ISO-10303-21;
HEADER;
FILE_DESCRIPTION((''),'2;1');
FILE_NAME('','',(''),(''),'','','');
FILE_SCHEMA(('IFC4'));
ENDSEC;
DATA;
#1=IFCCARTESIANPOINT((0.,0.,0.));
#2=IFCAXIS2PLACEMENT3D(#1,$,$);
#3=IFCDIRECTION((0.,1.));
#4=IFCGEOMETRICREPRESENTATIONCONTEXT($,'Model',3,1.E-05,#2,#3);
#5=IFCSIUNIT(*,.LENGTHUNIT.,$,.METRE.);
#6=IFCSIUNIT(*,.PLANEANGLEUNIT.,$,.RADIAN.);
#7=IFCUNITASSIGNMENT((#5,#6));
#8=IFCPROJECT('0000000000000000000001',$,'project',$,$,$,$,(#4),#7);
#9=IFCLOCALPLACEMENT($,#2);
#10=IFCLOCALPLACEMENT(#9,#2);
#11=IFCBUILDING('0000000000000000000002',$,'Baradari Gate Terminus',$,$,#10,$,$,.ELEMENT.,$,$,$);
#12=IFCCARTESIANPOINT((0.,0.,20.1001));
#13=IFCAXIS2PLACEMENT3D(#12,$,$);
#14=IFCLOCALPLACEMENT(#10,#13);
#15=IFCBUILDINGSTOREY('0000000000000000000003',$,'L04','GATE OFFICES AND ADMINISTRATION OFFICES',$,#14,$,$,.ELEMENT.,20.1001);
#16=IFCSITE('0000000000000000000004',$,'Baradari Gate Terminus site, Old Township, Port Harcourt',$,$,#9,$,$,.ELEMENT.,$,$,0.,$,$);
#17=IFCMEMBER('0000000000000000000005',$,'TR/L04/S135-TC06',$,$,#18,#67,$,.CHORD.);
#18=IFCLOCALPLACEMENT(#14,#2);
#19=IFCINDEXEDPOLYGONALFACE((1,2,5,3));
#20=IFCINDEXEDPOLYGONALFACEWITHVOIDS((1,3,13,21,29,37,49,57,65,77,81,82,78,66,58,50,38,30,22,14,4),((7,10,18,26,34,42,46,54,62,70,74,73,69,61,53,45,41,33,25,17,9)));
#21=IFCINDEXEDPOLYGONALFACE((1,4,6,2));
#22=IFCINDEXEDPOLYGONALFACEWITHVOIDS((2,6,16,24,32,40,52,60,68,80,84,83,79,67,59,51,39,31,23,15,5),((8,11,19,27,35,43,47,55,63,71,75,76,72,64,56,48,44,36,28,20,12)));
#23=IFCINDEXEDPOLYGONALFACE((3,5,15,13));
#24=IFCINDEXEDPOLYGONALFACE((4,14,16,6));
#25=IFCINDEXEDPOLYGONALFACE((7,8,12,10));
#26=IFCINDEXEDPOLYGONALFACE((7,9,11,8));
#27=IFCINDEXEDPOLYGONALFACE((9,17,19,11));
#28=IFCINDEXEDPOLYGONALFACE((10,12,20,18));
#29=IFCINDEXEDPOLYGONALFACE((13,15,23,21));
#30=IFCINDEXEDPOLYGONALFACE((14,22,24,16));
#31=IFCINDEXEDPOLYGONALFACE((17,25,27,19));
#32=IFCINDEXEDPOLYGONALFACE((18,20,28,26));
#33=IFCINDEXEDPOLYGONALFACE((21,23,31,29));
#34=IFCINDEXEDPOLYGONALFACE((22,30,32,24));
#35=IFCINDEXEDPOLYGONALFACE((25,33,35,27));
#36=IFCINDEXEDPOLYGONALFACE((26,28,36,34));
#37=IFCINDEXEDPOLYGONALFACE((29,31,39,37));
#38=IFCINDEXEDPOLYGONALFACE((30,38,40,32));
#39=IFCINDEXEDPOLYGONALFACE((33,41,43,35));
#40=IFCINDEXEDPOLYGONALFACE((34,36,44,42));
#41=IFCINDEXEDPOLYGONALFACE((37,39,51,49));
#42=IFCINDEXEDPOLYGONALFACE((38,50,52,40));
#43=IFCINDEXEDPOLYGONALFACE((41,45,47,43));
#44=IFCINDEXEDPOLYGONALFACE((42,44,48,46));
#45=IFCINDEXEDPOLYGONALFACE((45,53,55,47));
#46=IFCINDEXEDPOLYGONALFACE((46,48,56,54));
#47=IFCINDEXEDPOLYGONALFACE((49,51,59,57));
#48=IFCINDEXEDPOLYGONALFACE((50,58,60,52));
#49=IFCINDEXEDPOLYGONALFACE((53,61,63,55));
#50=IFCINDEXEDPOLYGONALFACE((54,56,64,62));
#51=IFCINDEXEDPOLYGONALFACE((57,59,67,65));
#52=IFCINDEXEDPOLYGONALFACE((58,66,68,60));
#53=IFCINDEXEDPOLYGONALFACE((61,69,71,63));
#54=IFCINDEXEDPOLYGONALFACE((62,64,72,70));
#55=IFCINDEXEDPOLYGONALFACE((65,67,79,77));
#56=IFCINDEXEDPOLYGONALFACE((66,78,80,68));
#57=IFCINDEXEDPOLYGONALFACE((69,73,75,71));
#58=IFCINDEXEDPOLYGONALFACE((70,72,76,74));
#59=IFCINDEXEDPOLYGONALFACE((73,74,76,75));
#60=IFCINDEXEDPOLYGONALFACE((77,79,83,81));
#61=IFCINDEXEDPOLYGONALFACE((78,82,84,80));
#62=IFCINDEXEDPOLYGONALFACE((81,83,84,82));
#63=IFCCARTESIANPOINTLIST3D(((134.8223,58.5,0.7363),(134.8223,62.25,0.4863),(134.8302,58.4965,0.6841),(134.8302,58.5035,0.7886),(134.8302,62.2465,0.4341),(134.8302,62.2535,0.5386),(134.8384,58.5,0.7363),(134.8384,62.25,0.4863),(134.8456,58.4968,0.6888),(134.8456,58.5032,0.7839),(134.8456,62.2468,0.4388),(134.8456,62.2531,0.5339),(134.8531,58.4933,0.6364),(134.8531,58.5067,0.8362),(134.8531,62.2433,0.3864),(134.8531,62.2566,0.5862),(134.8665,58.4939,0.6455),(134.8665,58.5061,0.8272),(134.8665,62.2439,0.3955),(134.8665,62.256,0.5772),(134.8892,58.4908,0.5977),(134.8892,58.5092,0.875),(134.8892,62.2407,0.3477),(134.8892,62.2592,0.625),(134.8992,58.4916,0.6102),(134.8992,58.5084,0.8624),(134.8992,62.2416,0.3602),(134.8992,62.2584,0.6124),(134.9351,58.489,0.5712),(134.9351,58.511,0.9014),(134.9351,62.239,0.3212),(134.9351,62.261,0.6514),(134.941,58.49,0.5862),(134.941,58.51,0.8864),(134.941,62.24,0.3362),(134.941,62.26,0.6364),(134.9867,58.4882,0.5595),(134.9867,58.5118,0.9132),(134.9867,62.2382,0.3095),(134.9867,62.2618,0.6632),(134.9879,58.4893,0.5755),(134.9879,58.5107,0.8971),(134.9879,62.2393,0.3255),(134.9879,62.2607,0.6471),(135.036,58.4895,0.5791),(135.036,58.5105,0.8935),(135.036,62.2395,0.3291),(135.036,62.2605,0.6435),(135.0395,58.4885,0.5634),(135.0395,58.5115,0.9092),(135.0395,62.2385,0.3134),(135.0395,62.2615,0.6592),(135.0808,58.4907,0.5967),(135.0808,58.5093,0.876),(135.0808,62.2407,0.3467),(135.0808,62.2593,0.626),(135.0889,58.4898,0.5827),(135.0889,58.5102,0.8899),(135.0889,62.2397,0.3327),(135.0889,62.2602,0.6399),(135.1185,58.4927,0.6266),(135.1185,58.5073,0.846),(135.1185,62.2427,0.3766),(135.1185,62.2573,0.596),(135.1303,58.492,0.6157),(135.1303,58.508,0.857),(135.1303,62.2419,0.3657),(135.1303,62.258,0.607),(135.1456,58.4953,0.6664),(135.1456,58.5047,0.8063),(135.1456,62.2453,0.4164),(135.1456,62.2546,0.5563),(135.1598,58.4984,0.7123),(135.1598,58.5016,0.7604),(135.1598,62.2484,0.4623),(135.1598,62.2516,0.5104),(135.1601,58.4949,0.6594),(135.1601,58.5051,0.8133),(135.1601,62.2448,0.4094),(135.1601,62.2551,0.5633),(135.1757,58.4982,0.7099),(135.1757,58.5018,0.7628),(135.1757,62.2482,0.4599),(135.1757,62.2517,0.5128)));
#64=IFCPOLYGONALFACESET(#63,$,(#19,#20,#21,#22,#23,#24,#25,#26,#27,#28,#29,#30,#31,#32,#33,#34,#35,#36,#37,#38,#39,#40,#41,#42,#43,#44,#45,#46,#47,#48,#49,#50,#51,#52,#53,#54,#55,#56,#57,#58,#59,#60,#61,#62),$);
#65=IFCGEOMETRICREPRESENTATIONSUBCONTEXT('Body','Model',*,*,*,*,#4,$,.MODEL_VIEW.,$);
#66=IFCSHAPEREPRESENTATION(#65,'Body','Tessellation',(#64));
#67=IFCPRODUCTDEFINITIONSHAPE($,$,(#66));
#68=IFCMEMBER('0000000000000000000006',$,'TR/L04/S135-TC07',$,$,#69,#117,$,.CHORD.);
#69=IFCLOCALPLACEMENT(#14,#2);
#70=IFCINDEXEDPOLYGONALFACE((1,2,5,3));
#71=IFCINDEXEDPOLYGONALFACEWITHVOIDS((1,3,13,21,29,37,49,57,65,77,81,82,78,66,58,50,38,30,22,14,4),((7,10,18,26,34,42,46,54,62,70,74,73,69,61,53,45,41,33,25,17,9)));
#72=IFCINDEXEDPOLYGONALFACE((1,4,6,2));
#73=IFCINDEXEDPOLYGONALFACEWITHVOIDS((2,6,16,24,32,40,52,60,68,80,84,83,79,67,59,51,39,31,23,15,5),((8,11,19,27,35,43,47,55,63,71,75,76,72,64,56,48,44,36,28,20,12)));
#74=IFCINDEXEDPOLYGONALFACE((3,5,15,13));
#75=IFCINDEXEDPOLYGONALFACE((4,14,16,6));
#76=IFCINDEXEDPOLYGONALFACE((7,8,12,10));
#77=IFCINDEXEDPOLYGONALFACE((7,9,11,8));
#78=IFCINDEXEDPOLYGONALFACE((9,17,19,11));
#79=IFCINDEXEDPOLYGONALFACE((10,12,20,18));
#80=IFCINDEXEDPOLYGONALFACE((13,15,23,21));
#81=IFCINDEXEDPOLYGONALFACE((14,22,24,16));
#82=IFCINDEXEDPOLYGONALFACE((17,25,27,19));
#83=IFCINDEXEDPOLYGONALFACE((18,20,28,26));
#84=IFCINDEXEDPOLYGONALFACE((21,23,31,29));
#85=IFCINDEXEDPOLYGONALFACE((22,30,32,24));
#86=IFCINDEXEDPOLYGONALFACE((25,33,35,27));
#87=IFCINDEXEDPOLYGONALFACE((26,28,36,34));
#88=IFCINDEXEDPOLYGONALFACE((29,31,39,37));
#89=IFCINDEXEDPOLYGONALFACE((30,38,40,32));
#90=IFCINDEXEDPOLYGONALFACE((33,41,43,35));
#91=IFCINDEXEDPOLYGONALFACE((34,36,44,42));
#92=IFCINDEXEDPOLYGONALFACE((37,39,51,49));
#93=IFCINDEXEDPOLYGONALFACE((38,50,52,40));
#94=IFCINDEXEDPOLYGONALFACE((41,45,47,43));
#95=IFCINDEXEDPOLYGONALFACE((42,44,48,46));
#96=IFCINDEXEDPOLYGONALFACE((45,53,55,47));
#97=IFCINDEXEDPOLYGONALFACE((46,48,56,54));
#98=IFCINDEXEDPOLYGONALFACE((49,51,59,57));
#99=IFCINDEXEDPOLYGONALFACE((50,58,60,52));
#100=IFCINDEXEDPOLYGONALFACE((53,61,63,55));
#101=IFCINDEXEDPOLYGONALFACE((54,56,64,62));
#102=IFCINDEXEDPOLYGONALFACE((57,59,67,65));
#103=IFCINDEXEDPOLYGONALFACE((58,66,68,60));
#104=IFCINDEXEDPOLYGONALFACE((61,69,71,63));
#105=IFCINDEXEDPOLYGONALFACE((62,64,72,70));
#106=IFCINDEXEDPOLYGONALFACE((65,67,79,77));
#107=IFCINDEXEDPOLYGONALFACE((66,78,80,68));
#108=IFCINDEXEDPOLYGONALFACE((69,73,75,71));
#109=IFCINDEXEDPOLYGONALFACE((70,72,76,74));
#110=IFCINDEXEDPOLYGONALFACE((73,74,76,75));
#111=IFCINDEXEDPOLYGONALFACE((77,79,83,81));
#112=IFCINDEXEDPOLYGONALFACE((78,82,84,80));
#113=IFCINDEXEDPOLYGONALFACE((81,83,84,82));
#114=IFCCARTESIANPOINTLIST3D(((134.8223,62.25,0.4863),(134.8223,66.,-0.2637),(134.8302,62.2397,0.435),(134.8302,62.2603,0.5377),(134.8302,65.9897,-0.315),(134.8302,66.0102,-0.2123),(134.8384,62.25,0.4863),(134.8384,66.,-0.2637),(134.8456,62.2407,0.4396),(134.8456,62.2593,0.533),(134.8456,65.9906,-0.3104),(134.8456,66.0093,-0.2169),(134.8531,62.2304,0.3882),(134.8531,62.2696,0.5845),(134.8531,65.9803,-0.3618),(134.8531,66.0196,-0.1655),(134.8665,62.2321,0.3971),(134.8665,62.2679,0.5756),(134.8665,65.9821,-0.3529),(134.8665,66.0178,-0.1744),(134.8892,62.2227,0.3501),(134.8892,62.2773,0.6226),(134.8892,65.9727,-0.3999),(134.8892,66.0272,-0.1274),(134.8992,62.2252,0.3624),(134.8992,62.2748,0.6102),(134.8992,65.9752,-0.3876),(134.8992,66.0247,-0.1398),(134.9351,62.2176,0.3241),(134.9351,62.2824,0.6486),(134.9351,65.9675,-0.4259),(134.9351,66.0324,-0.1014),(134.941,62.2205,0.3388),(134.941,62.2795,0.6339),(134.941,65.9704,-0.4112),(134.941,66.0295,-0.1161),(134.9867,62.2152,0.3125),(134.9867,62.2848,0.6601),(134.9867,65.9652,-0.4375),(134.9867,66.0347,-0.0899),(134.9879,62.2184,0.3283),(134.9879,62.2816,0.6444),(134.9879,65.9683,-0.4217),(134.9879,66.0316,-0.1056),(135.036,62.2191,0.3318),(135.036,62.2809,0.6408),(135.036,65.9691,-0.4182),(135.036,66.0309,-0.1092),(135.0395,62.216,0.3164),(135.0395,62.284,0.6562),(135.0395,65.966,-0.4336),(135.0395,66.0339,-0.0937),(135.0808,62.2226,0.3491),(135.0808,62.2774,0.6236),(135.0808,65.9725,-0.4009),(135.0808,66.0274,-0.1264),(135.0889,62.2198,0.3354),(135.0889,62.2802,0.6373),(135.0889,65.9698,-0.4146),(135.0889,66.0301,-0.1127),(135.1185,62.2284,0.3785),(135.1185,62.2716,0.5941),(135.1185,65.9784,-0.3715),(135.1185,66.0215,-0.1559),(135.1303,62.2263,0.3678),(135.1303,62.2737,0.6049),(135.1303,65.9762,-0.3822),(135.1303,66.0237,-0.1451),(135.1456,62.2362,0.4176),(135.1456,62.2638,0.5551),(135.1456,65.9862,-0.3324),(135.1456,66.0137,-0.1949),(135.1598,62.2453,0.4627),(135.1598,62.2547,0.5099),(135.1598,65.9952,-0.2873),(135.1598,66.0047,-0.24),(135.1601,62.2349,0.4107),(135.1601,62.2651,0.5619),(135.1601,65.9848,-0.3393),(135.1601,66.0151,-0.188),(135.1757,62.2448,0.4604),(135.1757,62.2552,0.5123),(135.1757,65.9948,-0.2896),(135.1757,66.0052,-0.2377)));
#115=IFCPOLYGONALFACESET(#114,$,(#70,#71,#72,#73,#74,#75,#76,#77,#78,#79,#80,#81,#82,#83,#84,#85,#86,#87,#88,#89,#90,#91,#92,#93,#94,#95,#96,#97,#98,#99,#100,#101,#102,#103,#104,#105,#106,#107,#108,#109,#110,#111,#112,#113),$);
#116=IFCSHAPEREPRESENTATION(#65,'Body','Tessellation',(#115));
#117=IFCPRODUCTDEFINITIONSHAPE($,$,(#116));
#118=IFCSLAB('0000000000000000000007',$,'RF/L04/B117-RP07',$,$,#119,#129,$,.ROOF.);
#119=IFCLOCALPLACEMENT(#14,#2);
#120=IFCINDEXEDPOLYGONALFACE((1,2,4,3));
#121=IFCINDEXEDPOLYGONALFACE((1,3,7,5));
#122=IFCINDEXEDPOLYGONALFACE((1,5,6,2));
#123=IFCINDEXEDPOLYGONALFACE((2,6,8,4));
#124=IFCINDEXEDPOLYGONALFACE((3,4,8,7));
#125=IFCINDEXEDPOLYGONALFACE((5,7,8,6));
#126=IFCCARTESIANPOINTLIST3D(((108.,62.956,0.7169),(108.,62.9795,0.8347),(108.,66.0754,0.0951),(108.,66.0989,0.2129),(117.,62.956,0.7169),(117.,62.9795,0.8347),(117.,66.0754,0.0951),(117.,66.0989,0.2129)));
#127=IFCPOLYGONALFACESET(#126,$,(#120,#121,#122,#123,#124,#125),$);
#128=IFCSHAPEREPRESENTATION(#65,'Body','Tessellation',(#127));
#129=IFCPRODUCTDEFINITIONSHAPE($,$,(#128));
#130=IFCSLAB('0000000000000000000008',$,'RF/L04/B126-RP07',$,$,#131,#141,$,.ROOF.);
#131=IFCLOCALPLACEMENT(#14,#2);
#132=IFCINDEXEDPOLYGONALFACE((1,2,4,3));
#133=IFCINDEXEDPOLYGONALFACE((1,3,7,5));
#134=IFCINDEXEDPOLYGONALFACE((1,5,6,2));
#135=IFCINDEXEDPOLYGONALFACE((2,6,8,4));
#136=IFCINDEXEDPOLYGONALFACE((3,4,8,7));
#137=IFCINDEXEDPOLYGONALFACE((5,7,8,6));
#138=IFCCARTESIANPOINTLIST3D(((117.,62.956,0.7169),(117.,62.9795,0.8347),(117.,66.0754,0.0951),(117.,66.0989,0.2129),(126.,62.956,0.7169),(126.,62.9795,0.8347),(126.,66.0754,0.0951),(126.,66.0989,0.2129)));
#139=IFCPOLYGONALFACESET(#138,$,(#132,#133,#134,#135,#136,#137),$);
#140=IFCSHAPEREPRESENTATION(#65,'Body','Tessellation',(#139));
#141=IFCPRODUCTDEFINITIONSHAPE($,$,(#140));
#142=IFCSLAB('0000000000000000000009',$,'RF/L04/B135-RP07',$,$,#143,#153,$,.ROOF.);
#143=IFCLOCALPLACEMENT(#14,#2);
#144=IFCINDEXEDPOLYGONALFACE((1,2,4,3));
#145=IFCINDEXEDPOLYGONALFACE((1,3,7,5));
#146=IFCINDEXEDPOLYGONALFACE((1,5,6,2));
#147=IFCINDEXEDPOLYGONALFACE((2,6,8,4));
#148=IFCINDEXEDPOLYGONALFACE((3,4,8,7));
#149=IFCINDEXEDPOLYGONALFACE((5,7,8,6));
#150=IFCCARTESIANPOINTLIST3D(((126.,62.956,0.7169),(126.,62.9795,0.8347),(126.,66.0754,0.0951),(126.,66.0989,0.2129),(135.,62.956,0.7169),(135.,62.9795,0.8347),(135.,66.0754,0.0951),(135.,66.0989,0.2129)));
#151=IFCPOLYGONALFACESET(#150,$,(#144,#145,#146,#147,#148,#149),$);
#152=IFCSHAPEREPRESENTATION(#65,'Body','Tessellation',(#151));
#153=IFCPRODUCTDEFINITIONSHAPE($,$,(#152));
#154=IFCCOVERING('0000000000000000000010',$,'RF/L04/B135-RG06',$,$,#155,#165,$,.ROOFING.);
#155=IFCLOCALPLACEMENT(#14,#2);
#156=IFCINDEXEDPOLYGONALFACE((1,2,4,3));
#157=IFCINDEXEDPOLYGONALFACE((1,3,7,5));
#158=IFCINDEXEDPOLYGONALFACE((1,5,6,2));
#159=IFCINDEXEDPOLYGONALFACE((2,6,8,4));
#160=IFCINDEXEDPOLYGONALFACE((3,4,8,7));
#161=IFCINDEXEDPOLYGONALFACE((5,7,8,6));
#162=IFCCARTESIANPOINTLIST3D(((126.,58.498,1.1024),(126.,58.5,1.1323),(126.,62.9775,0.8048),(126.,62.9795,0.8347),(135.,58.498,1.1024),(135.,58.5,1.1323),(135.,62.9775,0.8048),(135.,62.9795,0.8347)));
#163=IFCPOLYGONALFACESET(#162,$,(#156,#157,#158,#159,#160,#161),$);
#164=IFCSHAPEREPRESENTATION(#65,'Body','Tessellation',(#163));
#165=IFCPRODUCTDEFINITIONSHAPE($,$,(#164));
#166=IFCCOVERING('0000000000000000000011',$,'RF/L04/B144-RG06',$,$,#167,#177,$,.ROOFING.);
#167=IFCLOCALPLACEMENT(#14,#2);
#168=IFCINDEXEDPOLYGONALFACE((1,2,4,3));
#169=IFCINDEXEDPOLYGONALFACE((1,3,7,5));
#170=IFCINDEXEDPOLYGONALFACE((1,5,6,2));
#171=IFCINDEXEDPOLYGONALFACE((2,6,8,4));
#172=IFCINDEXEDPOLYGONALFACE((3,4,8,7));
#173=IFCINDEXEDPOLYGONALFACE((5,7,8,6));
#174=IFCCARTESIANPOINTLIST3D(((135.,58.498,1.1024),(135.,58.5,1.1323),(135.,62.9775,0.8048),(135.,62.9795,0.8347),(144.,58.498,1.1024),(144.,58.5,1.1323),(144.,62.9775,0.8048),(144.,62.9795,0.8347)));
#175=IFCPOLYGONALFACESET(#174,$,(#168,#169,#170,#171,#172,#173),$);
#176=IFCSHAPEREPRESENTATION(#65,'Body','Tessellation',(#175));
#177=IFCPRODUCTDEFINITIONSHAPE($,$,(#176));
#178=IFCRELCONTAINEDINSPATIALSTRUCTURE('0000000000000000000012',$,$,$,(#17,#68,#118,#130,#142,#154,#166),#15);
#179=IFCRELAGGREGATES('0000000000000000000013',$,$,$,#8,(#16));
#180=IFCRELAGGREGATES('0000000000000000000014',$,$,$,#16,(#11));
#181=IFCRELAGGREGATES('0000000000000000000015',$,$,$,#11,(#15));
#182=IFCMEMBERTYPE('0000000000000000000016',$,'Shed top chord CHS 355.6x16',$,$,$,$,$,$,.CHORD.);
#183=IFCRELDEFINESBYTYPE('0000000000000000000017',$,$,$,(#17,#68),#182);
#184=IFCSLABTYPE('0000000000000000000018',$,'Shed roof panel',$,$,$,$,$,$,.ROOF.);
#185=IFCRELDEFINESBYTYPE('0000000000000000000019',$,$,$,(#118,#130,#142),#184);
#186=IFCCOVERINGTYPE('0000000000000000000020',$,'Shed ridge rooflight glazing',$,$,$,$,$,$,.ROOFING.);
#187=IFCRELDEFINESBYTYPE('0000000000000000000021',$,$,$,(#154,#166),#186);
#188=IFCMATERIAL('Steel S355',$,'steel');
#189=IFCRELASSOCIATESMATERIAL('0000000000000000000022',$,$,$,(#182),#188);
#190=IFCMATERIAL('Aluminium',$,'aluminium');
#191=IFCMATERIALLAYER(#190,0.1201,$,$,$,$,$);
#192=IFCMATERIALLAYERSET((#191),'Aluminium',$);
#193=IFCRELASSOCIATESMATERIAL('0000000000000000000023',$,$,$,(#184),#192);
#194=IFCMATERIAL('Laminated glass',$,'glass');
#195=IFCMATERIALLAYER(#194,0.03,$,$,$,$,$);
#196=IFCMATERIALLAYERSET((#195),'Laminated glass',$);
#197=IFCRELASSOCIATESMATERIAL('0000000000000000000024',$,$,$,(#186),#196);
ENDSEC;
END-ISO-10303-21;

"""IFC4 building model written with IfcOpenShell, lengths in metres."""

from ifc_helpers import new_model, si_unit, direction, frame, origin, origin_2d, place, context, subcontext, project, spatial, polyline, hollow_circle, outline, extrude, material, layer, layer_set, material_profile, profile_set, type_object, element, save


model = new_model("IFC4")

# Units and contexts
model_context = context("Model", 3, precision=1e-05, world=origin(), true_north=direction((0.0, 1.0)))
body_context = subcontext(model_context, "Body", "Model", "MODEL_VIEW")
ifc_project = project(units=[si_unit("LENGTHUNIT", "METRE"), si_unit("PLANEANGLEUNIT", "RADIAN")], contexts=[model_context])

# Site, building, storey
site_placement = place(None, origin())
site = spatial("IfcSite", under=ifc_project, at=site_placement, Name="Baradari Gate Terminus site, Old Township, Port Harcourt", CompositionType="ELEMENT", RefElevation=0.0)
building_placement = place(site_placement, origin())
building = spatial("IfcBuilding", under=site, at=building_placement, Name="Baradari Gate Terminus", CompositionType="ELEMENT")
storey_placement = place(building_placement, frame((0.0, 0.0, 20.1001)))
storey = spatial("IfcBuildingStorey", under=building, at=storey_placement, Name="L04", Description="GATE OFFICES AND ADMINISTRATION OFFICES", CompositionType="ELEMENT", Elevation=20.1001)

# Members
ifc_material_1 = material(Name="Steel S355", Category="steel")
ifc_material_profile_1 = material_profile(ifc_material_1, hollow_circle(Radius=0.1777, WallThickness=0.0161, at=origin_2d()), Name="CHS 355.6x16")
ifc_profile_set_1 = profile_set([ifc_material_profile_1], Name="Steel S355")
member_type_1 = type_object("IfcMemberType", Name="Shed top chord CHS 355.6x16", PredefinedType="CHORD", material=ifc_profile_set_1)
member_1_placement = place(storey_placement, frame((135.0, 58.5, 0.7363), z_axis=(0.0, 0.997785, -0.066519), x_axis=(-1.0, 0.0, 0.0)))
element("IfcMember", 1, at=member_1_placement, inside=storey, type_object=member_type_1, Name="TR/L04/S135-TC06", PredefinedType="CHORD", context=body_context, shape_type="SweptSolid", body=[
    extrude(hollow_circle(Radius=0.1777, WallThickness=0.0161, at=origin_2d()), origin(), (0.0, 0.0, 1.0), 3.7583),
])
member_2_placement = place(storey_placement, frame((135.0, 62.25, 0.4863), z_axis=(0.0, 0.980581, -0.196116), x_axis=(-1.0, 0.0, 0.0)))
element("IfcMember", 2, at=member_2_placement, inside=storey, type_object=member_type_1, Name="TR/L04/S135-TC07", PredefinedType="CHORD", context=body_context, shape_type="SweptSolid", body=[
    extrude(hollow_circle(Radius=0.1777, WallThickness=0.0161, at=origin_2d()), origin(), (0.0, 0.0, 1.0), 3.8242),
])

# Slabs
ifc_material_2 = material(Name="Aluminium", Category="aluminium")
ifc_layer_1 = layer(ifc_material_2, 0.1201)
ifc_layer_set_1 = layer_set([ifc_layer_1], Name="Aluminium")
slab_type = type_object("IfcSlabType", Name="Shed roof panel", PredefinedType="ROOF", material=ifc_layer_set_1)
for number, where, z_axis, x_axis, name in (
    (3, (108.0, 62.9795, 0.8347), (0.0, 0.195496, 0.980704), (1.0, 0.0, 0.0), "RF/L04/B117-RP07"),
    (4, (117.0, 62.9795, 0.8347), (0.0, 0.195496, 0.980704), (1.0, 0.0, 0.0), "RF/L04/B126-RP07"),
    (5, (126.0, 62.9795, 0.8347), (0.0, 0.195496, 0.980704), (1.0, 0.0, 0.0), "RF/L04/B135-RP07"),
):
    element("IfcSlab", number, at=place(storey_placement, frame(where, z_axis=z_axis, x_axis=x_axis)), inside=storey, type_object=slab_type, Name=name, PredefinedType="ROOF", context=body_context, shape_type="SweptSolid", body=[
        extrude(outline(polyline([(0.0, 0.0), (9.0, 0.0), (9.0, 3.1808), (0.0, 3.1808), (0.0, 0.0)])), origin(), (0.0, 0.0, -1.0), 0.1201),
    ])

# Coverings
ifc_material_3 = material(Name="Laminated glass", Category="glass")
ifc_layer_2 = layer(ifc_material_3, 0.03)
ifc_layer_set_2 = layer_set([ifc_layer_2], Name="Laminated glass")
covering_type = type_object("IfcCoveringType", Name="Shed ridge rooflight glazing", PredefinedType="ROOFING", material=ifc_layer_set_2)
for number, where, z_axis, x_axis, name in (
    (6, (126.0, 58.5, 1.1323), (0.0, 0.066292, 0.9978), (1.0, 0.0, 0.0), "RF/L04/B135-RG06"),
    (7, (135.0, 58.5, 1.1323), (0.0, 0.066292, 0.9978), (1.0, 0.0, 0.0), "RF/L04/B144-RG06"),
):
    element("IfcCovering", number, at=place(storey_placement, frame(where, z_axis=z_axis, x_axis=x_axis)), inside=storey, type_object=covering_type, Name=name, PredefinedType="ROOFING", context=body_context, shape_type="SweptSolid", body=[
        extrude(outline(polyline([(0.0, 0.0), (9.0, 0.0), (9.0, 4.4894), (0.0, 4.4894), (0.0, 0.0)])), origin(), (0.0, 0.0, -1.0), 0.03),
    ])

save(model, "model.ifc")
